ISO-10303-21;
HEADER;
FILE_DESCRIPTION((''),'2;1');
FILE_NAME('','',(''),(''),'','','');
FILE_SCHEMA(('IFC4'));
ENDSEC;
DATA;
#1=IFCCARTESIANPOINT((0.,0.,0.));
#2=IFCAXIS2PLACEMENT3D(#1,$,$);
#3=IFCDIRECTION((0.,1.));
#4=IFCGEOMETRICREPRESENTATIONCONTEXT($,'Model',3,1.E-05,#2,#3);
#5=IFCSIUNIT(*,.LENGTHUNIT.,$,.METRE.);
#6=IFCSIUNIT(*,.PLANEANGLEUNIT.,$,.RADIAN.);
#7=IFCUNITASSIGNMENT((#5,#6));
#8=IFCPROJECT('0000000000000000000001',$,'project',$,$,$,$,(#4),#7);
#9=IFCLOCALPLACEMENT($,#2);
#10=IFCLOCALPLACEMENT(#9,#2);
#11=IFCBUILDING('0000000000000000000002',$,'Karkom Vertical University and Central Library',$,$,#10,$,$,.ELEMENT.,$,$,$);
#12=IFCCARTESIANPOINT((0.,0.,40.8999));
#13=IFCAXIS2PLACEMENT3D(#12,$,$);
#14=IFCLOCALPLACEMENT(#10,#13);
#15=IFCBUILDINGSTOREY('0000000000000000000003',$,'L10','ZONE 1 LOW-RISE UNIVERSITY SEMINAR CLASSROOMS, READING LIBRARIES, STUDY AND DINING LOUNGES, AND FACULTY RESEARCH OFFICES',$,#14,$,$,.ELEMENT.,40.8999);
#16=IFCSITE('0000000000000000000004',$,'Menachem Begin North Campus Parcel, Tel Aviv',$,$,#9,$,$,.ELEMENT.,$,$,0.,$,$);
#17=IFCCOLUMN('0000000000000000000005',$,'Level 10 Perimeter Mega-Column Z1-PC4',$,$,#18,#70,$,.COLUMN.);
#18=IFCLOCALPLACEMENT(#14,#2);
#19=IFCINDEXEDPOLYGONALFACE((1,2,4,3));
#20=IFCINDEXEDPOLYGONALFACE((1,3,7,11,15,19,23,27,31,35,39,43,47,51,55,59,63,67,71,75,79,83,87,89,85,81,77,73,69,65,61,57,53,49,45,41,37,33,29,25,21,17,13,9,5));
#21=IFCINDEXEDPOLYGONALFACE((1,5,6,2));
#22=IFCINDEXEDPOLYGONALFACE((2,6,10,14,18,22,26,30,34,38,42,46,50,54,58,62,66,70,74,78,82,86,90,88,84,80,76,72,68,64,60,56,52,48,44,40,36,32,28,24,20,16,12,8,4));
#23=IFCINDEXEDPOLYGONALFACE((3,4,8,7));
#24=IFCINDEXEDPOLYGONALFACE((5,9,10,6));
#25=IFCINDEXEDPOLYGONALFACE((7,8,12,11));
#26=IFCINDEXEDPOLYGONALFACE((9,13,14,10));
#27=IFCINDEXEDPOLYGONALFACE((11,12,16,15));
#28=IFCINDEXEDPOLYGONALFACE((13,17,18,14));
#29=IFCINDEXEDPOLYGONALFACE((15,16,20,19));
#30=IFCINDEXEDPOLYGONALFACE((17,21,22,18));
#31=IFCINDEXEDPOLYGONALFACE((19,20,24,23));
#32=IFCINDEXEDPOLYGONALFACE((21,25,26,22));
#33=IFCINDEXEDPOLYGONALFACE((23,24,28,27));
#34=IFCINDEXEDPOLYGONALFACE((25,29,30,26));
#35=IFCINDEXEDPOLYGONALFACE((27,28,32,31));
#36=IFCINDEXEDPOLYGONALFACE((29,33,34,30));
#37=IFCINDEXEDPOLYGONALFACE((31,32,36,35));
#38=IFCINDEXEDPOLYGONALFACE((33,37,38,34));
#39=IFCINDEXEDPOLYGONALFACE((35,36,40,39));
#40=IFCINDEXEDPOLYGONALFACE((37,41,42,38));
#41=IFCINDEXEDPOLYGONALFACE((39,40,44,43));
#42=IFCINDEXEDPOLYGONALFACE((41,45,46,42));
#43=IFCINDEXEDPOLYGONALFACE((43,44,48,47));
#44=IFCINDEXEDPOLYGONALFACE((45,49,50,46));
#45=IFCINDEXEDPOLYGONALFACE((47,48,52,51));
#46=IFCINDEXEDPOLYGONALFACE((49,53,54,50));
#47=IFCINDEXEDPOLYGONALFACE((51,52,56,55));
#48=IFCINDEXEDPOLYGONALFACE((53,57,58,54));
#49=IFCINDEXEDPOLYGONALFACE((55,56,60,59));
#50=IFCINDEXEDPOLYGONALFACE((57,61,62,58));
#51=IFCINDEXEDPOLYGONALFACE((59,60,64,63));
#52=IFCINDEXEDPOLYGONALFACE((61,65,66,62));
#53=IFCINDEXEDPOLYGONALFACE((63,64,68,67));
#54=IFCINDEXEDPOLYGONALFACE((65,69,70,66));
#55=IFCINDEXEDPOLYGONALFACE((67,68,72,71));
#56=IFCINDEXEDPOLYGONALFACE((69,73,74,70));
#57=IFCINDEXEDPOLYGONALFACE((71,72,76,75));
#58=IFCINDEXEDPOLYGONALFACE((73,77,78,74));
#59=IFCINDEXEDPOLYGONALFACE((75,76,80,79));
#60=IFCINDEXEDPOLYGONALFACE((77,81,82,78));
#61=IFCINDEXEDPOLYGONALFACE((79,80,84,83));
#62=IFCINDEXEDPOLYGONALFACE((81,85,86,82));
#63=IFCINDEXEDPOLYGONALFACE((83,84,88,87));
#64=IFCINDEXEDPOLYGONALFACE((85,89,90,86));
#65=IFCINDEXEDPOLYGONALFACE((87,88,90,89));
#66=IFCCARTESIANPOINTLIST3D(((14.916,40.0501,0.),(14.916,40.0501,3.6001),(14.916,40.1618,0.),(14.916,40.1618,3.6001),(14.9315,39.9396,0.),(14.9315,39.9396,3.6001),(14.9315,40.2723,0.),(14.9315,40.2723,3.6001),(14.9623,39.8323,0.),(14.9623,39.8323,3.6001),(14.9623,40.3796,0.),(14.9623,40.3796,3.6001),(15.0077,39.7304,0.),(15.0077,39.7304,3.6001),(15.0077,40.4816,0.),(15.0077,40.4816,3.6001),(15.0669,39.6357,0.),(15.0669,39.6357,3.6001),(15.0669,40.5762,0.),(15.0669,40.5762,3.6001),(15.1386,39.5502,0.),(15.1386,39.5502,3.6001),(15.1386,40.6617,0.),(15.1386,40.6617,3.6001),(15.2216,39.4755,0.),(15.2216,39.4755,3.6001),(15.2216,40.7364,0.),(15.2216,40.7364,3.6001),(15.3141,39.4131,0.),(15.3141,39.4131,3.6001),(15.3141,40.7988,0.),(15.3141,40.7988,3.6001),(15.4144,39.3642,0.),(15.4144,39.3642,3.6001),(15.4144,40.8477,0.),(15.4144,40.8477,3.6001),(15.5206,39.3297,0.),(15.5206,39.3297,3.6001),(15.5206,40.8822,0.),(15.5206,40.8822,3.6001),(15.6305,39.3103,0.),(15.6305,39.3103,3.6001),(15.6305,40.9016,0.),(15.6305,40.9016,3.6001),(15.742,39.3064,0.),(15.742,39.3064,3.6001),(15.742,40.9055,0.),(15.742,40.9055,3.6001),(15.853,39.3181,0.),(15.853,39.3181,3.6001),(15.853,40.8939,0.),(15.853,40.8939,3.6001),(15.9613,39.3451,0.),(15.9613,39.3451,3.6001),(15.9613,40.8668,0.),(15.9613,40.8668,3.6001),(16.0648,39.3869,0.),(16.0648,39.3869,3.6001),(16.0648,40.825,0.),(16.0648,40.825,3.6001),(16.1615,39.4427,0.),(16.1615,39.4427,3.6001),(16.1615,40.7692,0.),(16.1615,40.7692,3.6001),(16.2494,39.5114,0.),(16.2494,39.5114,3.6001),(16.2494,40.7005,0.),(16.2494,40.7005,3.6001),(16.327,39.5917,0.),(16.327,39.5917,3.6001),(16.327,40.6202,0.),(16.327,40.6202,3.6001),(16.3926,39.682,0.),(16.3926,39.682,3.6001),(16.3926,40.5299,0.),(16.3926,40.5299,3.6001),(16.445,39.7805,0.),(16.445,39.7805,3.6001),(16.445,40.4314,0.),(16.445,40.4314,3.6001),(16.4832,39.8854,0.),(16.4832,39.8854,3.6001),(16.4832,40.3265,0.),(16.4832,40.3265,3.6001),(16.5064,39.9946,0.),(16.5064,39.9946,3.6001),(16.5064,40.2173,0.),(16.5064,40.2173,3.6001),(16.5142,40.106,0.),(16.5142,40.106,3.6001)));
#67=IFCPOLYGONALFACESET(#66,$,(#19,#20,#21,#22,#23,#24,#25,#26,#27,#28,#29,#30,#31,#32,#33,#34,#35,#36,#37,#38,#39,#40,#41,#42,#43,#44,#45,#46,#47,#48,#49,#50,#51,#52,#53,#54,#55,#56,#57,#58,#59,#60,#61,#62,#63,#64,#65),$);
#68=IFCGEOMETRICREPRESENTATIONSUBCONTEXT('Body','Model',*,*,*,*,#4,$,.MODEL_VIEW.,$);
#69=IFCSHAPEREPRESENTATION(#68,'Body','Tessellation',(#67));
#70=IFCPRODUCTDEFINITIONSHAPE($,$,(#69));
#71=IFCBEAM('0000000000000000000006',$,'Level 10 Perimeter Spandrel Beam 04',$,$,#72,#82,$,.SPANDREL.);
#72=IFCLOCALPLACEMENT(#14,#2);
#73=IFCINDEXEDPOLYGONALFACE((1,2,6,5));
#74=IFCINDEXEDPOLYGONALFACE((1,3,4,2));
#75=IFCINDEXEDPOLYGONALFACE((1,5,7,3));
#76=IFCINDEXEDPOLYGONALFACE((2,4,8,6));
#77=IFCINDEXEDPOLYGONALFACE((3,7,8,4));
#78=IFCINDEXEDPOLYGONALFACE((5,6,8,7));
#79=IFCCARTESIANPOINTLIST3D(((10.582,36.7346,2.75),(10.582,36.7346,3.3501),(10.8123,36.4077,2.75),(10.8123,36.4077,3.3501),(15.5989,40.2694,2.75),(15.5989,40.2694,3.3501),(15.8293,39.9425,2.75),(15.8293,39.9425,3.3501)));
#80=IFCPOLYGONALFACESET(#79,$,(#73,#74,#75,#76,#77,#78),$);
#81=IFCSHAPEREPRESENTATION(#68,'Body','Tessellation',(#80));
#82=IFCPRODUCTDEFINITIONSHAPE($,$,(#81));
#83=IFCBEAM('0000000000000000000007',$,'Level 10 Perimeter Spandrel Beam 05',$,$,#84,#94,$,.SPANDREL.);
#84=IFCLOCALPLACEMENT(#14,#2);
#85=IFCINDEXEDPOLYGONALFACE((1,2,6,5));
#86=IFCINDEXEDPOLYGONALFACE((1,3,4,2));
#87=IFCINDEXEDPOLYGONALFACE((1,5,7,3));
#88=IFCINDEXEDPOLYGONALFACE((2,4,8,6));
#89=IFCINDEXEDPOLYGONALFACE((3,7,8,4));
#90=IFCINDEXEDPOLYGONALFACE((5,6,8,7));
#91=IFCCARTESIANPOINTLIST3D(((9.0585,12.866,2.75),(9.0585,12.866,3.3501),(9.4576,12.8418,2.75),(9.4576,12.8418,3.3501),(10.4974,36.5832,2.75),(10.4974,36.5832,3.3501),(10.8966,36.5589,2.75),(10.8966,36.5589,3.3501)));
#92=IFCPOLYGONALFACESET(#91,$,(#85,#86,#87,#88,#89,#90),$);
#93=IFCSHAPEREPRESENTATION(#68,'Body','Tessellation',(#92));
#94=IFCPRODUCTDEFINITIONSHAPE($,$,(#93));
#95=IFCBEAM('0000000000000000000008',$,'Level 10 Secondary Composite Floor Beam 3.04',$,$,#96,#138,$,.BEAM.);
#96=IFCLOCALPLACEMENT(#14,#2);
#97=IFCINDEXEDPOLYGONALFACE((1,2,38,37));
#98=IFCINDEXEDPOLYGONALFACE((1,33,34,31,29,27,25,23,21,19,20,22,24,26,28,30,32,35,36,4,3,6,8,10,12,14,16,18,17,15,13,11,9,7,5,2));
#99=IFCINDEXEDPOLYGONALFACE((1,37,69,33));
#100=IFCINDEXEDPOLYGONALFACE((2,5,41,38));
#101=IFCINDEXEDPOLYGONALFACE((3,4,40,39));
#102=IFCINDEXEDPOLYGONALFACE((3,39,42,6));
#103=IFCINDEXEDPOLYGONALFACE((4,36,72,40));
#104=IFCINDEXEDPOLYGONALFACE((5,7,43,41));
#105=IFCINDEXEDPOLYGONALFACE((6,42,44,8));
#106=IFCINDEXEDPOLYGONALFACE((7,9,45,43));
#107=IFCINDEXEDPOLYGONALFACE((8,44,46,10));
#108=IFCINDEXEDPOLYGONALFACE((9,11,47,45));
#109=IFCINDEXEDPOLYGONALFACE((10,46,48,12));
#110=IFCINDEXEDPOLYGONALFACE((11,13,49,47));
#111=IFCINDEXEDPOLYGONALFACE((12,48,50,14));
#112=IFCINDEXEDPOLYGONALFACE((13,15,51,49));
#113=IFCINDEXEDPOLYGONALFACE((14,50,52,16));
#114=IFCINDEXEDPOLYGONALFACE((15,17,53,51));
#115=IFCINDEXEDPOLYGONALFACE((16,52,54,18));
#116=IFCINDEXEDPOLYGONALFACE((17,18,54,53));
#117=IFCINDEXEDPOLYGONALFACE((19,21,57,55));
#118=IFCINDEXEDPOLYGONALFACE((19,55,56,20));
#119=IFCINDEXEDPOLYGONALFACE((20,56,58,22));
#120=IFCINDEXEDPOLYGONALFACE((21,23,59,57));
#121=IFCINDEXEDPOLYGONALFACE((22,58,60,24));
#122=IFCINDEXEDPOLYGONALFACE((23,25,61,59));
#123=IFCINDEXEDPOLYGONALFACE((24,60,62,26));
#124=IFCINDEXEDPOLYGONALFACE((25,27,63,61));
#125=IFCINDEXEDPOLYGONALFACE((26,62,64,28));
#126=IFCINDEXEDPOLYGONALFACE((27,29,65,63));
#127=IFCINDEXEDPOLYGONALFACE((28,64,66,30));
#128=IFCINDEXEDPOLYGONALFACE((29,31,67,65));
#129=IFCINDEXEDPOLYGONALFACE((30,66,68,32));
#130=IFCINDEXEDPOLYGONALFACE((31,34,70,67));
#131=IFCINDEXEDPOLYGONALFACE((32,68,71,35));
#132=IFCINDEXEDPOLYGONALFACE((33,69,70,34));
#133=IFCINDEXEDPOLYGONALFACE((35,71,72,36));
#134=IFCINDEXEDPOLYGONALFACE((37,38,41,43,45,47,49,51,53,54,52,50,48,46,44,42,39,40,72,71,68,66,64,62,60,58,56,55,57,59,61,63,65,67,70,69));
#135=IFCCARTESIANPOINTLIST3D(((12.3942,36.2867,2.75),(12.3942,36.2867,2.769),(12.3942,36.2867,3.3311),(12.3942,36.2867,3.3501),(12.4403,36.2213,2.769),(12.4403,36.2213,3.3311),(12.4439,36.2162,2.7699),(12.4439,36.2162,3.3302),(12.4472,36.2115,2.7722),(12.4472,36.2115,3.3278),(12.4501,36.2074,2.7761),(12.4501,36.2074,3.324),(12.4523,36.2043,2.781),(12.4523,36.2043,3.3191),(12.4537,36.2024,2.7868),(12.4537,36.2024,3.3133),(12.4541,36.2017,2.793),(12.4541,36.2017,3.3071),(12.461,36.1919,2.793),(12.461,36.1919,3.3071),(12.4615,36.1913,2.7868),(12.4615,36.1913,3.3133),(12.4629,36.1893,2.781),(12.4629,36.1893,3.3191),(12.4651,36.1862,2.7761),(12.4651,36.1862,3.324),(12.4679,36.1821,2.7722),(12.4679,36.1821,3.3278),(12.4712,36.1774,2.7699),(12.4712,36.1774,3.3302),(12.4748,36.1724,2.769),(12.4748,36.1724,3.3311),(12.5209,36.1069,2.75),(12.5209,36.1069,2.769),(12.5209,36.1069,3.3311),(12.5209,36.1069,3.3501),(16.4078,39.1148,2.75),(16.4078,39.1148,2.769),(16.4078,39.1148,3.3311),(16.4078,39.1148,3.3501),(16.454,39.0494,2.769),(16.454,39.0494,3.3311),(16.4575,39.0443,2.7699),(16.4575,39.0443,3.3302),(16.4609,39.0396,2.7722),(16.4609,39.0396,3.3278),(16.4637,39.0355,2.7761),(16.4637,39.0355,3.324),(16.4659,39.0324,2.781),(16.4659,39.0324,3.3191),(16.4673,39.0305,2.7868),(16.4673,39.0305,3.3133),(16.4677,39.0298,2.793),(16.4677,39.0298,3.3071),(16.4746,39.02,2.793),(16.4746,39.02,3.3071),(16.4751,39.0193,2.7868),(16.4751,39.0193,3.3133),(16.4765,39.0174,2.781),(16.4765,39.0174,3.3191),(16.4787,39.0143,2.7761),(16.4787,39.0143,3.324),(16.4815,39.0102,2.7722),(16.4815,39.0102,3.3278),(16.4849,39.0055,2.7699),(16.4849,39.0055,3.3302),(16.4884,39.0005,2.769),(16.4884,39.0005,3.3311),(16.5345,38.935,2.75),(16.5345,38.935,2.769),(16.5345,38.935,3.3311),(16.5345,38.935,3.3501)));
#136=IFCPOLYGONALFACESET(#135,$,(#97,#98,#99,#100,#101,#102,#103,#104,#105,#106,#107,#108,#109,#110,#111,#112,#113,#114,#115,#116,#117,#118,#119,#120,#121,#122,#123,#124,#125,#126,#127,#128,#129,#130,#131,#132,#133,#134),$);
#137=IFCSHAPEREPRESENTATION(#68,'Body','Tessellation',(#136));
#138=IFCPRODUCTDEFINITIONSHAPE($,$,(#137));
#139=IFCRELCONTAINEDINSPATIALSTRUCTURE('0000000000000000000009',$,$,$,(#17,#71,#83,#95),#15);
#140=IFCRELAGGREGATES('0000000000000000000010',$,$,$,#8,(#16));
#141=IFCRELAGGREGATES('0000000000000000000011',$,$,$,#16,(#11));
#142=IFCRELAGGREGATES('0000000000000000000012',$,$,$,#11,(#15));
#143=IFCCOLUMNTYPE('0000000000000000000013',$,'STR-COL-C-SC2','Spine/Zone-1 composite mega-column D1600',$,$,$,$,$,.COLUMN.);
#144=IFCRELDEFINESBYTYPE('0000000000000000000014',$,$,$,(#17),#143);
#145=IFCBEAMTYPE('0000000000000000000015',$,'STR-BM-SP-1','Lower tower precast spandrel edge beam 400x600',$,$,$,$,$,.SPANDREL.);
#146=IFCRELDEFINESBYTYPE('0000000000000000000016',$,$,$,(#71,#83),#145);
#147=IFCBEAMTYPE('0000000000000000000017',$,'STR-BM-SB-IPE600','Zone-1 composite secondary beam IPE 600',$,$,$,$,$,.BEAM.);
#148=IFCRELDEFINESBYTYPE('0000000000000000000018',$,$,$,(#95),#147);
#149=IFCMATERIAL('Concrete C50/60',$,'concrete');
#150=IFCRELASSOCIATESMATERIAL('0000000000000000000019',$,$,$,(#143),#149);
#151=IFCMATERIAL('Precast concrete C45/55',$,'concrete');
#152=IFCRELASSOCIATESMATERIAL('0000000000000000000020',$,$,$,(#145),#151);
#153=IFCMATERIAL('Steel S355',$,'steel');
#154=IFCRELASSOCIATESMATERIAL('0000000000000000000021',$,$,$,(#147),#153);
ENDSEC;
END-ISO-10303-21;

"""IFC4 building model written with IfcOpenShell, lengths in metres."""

from ifc_helpers import new_model, si_unit, direction, frame, origin, origin_with_axes, origin_2d, place, context, subcontext, project, spatial, rectangle, circle, i_section, extrude, source, transform, mapped, material, material_profile, profile_set, type_object, element, save


model = new_model("IFC4")

# Units and contexts
model_context = context("Model", 3, precision=1e-05, world=origin(), true_north=direction((0.0, 1.0)))
body_context = subcontext(model_context, "Body", "Model", "MODEL_VIEW")
ifc_project = project(units=[si_unit("LENGTHUNIT", "METRE"), si_unit("PLANEANGLEUNIT", "RADIAN")], contexts=[model_context])

# Site, building, storey
site_placement = place(None, origin())
site = spatial("IfcSite", under=ifc_project, at=site_placement, Name="Menachem Begin North Campus Parcel, Tel Aviv", CompositionType="ELEMENT", RefElevation=0.0)
building_placement = place(site_placement, origin())
building = spatial("IfcBuilding", under=site, at=building_placement, Name="Karkom Vertical University and Central Library", CompositionType="ELEMENT")
storey_placement = place(building_placement, frame((0.0, 0.0, 40.8999)))
storey = spatial("IfcBuildingStorey", under=building, at=storey_placement, Name="L10", Description="ZONE 1 LOW-RISE UNIVERSITY SEMINAR CLASSROOMS, READING LIBRARIES, STUDY AND DINING LOUNGES, AND FACULTY RESEARCH OFFICES", CompositionType="ELEMENT", Elevation=40.8999)

# Column
ifc_material_1 = material(Name="Concrete C50/60", Category="concrete")
ifc_material_profile_1 = material_profile(ifc_material_1, circle(Radius=0.8, at=origin_2d()), Name="CFT-D1600")
ifc_profile_set_1 = profile_set([ifc_material_profile_1], Name="Concrete C50/60")
column_type = type_object("IfcColumnType", Name="STR-COL-C-SC2", Description="Spine/Zone-1 composite mega-column D1600", PredefinedType="COLUMN", material=ifc_profile_set_1)
shared_shape_1 = source(origin_with_axes(), body_context, "Body", "SweptSolid", [
    extrude(circle(Radius=0.8, at=origin_2d()), origin(), (0.0, 0.0, 1.0), 3.6001),
])
column_placement = place(storey_placement, frame((15.7141, 40.106, 0.0), z_axis=(0.0, 0.0, 1.0), x_axis=(1.0, 0.0, 0.0)))
element("IfcColumn", 1, at=column_placement, inside=storey, type_object=column_type, Name="Level 10 Perimeter Mega-Column Z1-PC4", PredefinedType="COLUMN", context=body_context, shape_type="MappedRepresentation", body=[
    mapped(shared_shape_1, transform((0.0, 0.0, 0.0), scale=1.0)),
])

# Beams
ifc_material_2 = material(Name="Precast concrete C45/55", Category="concrete")
ifc_material_profile_2 = material_profile(ifc_material_2, rectangle(XDim=0.3999, YDim=0.6001, at=origin_2d()), Name="SPB-400x600")
ifc_profile_set_2 = profile_set([ifc_material_profile_2], Name="Precast concrete C45/55")
beam_type_1 = type_object("IfcBeamType", Name="STR-BM-SP-1", Description="Lower tower precast spandrel edge beam 400x600", PredefinedType="SPANDREL", material=ifc_profile_set_2)
shared_shape_2 = source(origin_with_axes(), body_context, "Body", "SweptSolid", [
    extrude(rectangle(XDim=0.3999, YDim=0.6001, at=origin_2d()), origin(), (0.0, 0.0, 1.0), 6.1372),
])
beam_1_placement = place(storey_placement, frame((15.7141, 40.106, 3.05), z_axis=(-0.817471, -0.575969, 0.0), x_axis=(0.575969, -0.817471, 0.0)))
element("IfcBeam", 2, at=beam_1_placement, inside=storey, type_object=beam_type_1, Name="Level 10 Perimeter Spandrel Beam 04", PredefinedType="SPANDREL", context=body_context, shape_type="MappedRepresentation", body=[
    mapped(shared_shape_2, transform((0.0, 0.0, 0.0), scale=1.0)),
])
shared_shape_3 = source(origin_with_axes(), body_context, "Body", "SweptSolid", [
    extrude(rectangle(XDim=0.3999, YDim=0.6001, at=origin_2d()), origin(), (0.0, 0.0, 1.0), 23.7607),
])
beam_2_placement = place(storey_placement, frame((10.697, 36.571, 3.05), z_axis=(-0.060561, -0.998165, 0.0), x_axis=(0.998165, -0.060561, 0.0)))
element("IfcBeam", 3, at=beam_2_placement, inside=storey, type_object=beam_type_1, Name="Level 10 Perimeter Spandrel Beam 05", PredefinedType="SPANDREL", context=body_context, shape_type="MappedRepresentation", body=[
    mapped(shared_shape_3, transform((0.0, 0.0, 0.0), scale=1.0)),
])
ifc_material_3 = material(Name="Steel S355", Category="steel")
ifc_material_profile_3 = material_profile(ifc_material_3, i_section(OverallWidth=0.22, OverallDepth=0.6001, WebThickness=0.012, FlangeThickness=0.019, FilletRadius=0.0239, at=origin_2d()), Name="IPE 600")
ifc_profile_set_3 = profile_set([ifc_material_profile_3], Name="Steel S355")
beam_type_2 = type_object("IfcBeamType", Name="STR-BM-SB-IPE600", Description="Zone-1 composite secondary beam IPE 600", PredefinedType="BEAM", material=ifc_profile_set_3)
shared_shape_4 = source(origin_with_axes(), body_context, "Body", "SweptSolid", [
    extrude(i_section(OverallWidth=0.22, OverallDepth=0.6001, WebThickness=0.012, FlangeThickness=0.019, FilletRadius=0.0239, at=origin_2d()), origin(), (0.0, 0.0, 1.0), 4.9099),
])
beam_3_placement = place(storey_placement, frame((16.4712, 39.0249, 3.05), z_axis=(-0.817453, -0.575996, 0.0), x_axis=(0.575996, -0.817453, 0.0)))
element("IfcBeam", 4, at=beam_3_placement, inside=storey, type_object=beam_type_2, Name="Level 10 Secondary Composite Floor Beam 3.04", PredefinedType="BEAM", context=body_context, shape_type="MappedRepresentation", body=[
    mapped(shared_shape_4, transform((0.0, 0.0, 0.0), scale=1.0)),
])

save(model, "model.ifc")
